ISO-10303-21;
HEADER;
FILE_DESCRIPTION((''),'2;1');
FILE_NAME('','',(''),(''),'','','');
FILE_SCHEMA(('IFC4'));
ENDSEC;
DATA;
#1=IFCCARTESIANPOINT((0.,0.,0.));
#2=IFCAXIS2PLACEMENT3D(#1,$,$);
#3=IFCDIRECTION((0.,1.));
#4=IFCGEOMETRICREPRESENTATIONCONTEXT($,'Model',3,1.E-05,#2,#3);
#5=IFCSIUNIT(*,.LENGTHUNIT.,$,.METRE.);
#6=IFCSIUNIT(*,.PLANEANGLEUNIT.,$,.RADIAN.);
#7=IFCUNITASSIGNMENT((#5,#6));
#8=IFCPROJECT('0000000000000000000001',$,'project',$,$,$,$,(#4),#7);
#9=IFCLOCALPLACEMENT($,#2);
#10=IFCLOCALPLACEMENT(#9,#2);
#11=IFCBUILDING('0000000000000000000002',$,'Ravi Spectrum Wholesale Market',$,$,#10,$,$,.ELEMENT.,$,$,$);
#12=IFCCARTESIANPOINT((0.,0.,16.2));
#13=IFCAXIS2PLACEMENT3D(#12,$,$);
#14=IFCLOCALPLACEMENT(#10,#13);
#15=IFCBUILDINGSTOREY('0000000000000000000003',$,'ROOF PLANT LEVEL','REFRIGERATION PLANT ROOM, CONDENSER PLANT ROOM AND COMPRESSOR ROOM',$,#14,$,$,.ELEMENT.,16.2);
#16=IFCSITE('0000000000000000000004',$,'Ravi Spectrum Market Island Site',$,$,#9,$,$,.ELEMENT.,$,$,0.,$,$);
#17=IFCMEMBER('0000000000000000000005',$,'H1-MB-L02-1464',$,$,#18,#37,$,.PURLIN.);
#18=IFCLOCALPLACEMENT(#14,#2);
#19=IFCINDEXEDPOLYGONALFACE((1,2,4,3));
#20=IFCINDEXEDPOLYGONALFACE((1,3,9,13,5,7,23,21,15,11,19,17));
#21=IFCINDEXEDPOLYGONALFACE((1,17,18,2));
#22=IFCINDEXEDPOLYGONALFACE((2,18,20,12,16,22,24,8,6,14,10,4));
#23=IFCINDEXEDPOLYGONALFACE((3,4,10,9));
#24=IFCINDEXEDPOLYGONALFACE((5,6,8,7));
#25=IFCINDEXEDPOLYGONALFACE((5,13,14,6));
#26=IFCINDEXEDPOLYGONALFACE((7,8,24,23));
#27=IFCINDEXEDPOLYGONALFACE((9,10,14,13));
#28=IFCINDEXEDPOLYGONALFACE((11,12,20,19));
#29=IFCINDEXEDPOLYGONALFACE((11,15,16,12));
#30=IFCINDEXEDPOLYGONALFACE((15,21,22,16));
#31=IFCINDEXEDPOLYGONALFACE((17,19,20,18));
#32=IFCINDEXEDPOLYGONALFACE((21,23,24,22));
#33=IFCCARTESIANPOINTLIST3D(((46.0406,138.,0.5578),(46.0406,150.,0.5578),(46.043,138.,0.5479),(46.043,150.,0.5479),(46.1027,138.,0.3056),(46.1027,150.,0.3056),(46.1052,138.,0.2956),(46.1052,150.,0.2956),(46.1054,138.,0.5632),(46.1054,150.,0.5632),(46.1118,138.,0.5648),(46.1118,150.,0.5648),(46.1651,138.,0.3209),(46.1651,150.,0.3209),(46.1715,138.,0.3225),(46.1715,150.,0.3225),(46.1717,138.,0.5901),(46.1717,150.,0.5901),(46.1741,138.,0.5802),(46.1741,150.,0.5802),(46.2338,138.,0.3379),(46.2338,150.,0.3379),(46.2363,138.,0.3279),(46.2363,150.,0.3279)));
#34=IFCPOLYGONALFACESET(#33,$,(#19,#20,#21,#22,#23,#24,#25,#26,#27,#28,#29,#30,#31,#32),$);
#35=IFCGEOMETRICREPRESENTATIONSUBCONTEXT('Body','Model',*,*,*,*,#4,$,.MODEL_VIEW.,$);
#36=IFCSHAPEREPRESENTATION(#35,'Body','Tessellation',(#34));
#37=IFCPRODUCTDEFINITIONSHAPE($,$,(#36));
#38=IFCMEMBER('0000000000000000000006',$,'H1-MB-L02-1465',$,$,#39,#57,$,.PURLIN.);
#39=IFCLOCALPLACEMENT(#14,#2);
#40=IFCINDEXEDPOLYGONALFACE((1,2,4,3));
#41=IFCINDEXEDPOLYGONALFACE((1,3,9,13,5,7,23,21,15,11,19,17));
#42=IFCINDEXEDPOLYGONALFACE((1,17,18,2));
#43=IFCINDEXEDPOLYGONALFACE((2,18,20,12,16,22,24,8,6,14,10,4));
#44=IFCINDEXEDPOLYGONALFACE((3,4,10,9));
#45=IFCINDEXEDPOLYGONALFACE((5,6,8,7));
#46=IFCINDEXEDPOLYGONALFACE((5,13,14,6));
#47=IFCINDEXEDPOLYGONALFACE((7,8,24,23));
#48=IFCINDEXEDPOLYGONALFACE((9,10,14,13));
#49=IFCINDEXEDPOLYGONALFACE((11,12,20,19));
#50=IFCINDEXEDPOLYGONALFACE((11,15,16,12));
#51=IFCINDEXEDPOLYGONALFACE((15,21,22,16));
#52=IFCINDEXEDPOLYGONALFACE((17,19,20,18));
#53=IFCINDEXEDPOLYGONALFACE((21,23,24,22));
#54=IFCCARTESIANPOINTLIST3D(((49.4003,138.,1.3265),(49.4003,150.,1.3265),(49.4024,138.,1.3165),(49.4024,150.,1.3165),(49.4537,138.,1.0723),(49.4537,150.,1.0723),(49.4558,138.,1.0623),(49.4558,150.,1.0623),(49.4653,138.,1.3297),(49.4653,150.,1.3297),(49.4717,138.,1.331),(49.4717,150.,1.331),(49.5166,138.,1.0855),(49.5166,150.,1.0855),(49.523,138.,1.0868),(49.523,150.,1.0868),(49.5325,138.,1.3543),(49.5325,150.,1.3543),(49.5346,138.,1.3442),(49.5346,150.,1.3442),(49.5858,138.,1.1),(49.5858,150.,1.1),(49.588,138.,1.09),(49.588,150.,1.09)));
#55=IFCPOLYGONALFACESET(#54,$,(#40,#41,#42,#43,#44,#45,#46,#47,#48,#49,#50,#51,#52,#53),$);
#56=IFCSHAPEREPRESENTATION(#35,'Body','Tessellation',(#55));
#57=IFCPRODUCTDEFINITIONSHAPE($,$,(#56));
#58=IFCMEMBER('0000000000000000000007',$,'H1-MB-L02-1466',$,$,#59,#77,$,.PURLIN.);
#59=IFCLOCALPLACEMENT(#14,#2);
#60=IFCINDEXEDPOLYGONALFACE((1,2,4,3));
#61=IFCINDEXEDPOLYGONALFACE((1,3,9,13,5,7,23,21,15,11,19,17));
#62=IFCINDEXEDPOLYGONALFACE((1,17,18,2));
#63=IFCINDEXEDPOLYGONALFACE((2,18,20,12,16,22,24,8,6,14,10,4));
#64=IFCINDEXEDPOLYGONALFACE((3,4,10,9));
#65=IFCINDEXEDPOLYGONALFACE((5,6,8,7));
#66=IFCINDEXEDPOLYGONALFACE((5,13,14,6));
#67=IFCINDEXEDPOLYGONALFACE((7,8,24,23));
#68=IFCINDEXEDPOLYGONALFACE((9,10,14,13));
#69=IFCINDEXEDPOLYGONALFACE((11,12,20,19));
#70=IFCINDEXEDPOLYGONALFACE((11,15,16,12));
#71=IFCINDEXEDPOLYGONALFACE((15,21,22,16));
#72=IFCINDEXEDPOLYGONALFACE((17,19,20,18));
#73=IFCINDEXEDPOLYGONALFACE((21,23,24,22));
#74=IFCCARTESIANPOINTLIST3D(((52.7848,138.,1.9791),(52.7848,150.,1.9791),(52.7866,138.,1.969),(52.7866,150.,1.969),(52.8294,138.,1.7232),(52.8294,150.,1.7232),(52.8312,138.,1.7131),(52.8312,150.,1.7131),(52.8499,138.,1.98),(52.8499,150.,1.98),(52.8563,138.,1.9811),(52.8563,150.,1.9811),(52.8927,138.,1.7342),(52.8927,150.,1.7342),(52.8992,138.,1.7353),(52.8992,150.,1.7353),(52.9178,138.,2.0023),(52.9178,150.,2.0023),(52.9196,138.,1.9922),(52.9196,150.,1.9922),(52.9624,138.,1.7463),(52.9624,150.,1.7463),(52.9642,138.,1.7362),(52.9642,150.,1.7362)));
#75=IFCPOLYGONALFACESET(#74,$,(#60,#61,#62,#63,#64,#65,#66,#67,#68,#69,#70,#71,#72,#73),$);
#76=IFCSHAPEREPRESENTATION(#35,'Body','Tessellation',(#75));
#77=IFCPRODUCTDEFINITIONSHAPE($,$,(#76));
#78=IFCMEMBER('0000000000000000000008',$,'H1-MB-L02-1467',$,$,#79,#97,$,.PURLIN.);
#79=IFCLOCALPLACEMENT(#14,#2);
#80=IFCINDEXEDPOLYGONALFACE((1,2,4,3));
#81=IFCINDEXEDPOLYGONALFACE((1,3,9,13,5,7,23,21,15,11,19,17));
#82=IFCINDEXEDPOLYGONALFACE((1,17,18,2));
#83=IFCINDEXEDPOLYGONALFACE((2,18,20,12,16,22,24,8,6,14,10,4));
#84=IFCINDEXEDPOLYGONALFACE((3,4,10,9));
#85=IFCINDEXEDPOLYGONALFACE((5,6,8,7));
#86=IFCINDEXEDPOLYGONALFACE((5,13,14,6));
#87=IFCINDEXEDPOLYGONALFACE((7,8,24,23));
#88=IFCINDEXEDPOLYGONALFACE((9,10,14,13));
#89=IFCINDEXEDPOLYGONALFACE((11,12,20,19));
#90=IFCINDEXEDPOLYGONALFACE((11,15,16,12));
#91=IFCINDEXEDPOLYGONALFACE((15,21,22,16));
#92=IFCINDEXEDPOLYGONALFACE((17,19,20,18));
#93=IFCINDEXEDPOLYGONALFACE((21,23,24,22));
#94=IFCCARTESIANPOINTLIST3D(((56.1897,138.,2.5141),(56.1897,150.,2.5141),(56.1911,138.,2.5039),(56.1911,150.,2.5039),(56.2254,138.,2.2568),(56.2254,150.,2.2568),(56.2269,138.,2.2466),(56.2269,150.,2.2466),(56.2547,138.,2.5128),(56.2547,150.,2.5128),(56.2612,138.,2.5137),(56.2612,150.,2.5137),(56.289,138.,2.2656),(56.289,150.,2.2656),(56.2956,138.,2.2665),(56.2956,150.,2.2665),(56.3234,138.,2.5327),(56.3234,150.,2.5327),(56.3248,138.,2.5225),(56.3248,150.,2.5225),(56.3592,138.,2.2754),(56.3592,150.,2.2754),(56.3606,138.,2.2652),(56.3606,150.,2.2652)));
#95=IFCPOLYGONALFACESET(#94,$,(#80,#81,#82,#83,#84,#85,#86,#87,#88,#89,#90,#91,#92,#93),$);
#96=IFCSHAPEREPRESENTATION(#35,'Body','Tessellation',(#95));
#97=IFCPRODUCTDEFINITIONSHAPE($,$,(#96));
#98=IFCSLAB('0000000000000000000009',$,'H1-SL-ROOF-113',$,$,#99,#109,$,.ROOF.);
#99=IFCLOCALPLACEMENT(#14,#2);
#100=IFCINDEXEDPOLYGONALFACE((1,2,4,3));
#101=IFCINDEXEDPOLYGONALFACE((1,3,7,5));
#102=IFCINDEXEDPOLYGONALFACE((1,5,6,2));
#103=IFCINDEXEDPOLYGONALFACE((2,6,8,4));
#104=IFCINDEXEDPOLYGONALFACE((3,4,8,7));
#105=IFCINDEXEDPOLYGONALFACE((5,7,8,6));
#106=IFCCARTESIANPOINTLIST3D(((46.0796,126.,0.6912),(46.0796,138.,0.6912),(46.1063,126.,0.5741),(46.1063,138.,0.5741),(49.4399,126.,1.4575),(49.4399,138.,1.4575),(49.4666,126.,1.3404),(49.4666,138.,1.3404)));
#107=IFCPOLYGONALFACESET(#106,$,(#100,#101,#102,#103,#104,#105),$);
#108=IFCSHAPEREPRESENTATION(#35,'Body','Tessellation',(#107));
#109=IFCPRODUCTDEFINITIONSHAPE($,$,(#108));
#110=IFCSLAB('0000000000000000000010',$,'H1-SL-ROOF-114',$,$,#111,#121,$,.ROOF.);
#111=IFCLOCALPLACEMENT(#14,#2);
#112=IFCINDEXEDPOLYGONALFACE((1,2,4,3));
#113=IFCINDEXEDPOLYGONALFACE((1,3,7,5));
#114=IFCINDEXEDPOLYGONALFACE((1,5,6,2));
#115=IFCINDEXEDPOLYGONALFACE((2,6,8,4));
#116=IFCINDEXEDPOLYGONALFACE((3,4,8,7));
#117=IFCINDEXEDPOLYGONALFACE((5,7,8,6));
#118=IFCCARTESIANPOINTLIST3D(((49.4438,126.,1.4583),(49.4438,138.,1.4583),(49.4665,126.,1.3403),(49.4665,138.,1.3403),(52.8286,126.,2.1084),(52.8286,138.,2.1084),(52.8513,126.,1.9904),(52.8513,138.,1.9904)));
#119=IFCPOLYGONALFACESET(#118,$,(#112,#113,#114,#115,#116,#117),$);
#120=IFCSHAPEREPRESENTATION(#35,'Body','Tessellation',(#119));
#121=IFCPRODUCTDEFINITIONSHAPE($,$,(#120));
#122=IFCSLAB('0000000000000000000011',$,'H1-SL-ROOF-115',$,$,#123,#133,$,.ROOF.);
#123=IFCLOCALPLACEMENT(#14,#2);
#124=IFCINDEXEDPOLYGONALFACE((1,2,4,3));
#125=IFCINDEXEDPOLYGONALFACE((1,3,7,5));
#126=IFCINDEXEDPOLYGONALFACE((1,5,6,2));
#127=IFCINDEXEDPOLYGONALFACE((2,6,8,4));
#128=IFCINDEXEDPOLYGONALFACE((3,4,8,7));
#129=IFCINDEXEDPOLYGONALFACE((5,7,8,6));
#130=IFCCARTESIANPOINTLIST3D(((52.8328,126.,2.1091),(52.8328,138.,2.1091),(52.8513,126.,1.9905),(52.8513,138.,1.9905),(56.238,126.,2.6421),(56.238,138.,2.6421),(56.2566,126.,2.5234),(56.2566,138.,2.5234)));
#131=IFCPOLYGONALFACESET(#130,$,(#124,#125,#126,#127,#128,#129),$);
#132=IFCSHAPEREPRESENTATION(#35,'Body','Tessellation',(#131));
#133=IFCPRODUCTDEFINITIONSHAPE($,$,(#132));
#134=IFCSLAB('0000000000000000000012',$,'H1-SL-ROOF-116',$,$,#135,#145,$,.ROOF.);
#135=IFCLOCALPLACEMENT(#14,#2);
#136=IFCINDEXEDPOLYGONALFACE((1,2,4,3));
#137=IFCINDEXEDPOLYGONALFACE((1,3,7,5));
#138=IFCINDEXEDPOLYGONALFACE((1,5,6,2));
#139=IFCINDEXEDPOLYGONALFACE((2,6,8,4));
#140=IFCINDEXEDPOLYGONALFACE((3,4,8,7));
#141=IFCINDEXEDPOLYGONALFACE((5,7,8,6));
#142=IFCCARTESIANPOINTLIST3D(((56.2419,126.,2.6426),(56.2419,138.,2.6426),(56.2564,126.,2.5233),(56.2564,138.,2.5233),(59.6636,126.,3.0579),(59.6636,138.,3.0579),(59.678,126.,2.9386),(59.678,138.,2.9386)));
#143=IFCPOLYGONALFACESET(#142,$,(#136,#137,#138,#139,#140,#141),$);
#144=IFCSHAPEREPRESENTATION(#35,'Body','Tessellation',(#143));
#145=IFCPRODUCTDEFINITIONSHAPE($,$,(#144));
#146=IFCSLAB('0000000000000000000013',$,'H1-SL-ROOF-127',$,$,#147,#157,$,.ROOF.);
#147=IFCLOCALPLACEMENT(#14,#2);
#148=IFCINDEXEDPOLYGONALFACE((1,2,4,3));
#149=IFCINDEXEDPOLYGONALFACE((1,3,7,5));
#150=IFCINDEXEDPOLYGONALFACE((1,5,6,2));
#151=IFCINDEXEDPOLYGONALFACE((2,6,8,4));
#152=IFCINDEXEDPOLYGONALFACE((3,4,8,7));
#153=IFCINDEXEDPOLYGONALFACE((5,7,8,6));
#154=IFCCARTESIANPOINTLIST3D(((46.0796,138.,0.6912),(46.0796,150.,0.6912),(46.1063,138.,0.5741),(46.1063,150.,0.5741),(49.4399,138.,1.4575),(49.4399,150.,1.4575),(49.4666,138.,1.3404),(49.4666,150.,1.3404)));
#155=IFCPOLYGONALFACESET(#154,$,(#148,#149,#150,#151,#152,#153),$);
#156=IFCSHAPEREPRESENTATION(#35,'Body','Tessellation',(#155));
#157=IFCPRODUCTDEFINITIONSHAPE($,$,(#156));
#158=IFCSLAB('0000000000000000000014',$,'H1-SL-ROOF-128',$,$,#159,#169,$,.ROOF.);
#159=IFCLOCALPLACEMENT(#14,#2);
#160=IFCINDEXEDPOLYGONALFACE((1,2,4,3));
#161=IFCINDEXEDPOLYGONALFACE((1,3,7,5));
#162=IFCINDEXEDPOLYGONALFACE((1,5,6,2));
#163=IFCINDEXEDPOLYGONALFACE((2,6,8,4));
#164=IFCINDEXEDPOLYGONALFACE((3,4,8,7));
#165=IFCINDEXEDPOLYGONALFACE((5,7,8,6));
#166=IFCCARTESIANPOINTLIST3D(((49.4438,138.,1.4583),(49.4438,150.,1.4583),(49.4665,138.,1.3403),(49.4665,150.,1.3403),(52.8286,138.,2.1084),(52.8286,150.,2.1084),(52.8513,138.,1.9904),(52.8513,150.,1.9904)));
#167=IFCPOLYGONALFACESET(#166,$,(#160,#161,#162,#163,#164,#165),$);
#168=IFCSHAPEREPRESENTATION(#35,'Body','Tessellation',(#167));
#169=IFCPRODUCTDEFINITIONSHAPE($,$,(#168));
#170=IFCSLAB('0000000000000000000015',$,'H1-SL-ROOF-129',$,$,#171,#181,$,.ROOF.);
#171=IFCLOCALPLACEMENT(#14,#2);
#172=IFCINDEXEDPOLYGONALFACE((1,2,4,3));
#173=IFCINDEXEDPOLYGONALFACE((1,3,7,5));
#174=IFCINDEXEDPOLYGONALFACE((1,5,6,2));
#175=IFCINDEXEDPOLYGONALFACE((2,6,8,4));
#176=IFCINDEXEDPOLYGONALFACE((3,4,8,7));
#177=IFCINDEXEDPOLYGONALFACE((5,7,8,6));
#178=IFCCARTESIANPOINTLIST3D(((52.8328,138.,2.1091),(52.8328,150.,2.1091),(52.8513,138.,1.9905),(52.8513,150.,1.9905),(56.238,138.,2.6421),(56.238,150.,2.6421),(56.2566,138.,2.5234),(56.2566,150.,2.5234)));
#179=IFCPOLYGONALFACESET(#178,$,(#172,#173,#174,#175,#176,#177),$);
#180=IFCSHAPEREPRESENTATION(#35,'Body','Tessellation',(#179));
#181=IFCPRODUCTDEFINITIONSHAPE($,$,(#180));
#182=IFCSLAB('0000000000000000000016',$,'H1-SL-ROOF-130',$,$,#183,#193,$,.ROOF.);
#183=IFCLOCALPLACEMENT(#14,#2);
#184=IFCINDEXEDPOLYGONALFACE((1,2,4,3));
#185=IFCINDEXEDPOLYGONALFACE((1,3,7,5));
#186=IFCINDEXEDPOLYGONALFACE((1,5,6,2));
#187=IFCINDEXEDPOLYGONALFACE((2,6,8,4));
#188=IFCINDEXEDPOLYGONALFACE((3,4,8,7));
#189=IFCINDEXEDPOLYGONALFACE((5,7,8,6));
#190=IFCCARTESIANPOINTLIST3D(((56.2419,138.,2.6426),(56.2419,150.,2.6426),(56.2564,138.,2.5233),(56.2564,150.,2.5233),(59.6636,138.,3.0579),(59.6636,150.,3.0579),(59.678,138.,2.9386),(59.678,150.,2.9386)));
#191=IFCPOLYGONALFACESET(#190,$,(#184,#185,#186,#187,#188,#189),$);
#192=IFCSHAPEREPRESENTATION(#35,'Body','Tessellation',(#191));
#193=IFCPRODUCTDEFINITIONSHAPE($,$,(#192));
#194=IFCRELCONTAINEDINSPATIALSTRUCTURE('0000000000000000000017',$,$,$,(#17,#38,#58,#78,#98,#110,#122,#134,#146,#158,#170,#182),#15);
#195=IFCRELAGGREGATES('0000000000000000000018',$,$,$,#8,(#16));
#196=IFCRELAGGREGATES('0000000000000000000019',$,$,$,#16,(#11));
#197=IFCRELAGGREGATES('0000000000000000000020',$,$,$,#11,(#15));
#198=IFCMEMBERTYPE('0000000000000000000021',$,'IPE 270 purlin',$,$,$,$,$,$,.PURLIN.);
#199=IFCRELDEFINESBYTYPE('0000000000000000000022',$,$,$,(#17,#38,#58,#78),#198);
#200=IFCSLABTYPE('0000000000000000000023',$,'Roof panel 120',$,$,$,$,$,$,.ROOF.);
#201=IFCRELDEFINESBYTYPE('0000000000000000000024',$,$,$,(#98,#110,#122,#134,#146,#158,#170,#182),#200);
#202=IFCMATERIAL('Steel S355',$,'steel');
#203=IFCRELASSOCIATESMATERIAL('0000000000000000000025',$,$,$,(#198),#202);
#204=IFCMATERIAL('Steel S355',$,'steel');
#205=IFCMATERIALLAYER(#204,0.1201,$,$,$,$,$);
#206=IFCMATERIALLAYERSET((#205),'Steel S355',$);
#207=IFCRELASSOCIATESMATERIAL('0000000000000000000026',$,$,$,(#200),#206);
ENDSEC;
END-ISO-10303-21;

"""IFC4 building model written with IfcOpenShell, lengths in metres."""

from ifc_helpers import new_model, si_unit, direction, frame, origin, origin_2d, place, context, subcontext, project, spatial, polyline, i_section, outline, extrude, material, layer, layer_set, material_profile, profile_set, type_object, element, save


model = new_model("IFC4")

# Units and contexts
model_context = context("Model", 3, precision=1e-05, world=origin(), true_north=direction((0.0, 1.0)))
body_context = subcontext(model_context, "Body", "Model", "MODEL_VIEW")
ifc_project = project(units=[si_unit("LENGTHUNIT", "METRE"), si_unit("PLANEANGLEUNIT", "RADIAN")], contexts=[model_context])

# Site, building, storey
site_placement = place(None, origin())
site = spatial("IfcSite", under=ifc_project, at=site_placement, Name="Ravi Spectrum Market Island Site", CompositionType="ELEMENT", RefElevation=0.0)
building_placement = place(site_placement, origin())
building = spatial("IfcBuilding", under=site, at=building_placement, Name="Ravi Spectrum Wholesale Market", CompositionType="ELEMENT")
storey_placement = place(building_placement, frame((0.0, 0.0, 16.2)))
storey = spatial("IfcBuildingStorey", under=building, at=storey_placement, Name="ROOF PLANT LEVEL", Description="REFRIGERATION PLANT ROOM, CONDENSER PLANT ROOM AND COMPRESSOR ROOM", CompositionType="ELEMENT", Elevation=16.2)

# Members
ifc_material_1 = material(Name="Steel S355", Category="steel")
ifc_material_profile_1 = material_profile(ifc_material_1, i_section(OverallWidth=0.135, OverallDepth=0.27, WebThickness=0.0066, FlangeThickness=0.0103, at=origin_2d()))
ifc_profile_set_1 = profile_set([ifc_material_profile_1], Name="Steel S355")
member_type_1 = type_object("IfcMemberType", Name="IPE 270 purlin", PredefinedType="PURLIN", material=ifc_profile_set_1)
for number, where, z_axis, x_axis, name in (
    (1, (46.1384, 138.0, 0.4429), (0.0, 1.0, 0.0), (-0.970983, 0.0, -0.239151), "H1-MB-L02-1464"),
    (2, (49.4941, 138.0, 1.2083), (0.0, 1.0, 0.0), (-0.978653, 0.0, -0.205517), "H1-MB-L02-1465"),
    (3, (52.8745, 138.0, 1.8577), (0.0, 1.0, 0.0), (-0.98516, 0.0, -0.171639), "H1-MB-L02-1466"),
    (4, (56.2751, 138.0, 2.3896), (0.0, 1.0, 0.0), (-0.990494, 0.0, -0.137557), "H1-MB-L02-1467"),
):
    element("IfcMember", number, at=place(storey_placement, frame(where, z_axis=z_axis, x_axis=x_axis)), inside=storey, type_object=member_type_1, Name=name, PredefinedType="PURLIN", context=body_context, shape_type="SweptSolid", body=[
        extrude(i_section(OverallWidth=0.135, OverallDepth=0.27, WebThickness=0.0066, FlangeThickness=0.0103, at=origin_2d()), origin(), (0.0, 0.0, 1.0), 12.0),
    ])

# Slabs
ifc_material_2 = material(Name="Steel S355", Category="steel")
ifc_layer_1 = layer(ifc_material_2, 0.1201)
ifc_layer_set_1 = layer_set([ifc_layer_1], Name="Steel S355")
slab_type = type_object("IfcSlabType", Name="Roof panel 120", PredefinedType="ROOF", material=ifc_layer_set_1)
slab_1_placement = place(storey_placement, frame((46.0796, 126.0, 0.6912), z_axis=(-0.22235, 0.0, 0.974967), x_axis=(0.974967, 0.0, 0.22235)))
element("IfcSlab", 5, at=slab_1_placement, inside=storey, type_object=slab_type, Name="H1-SL-ROOF-113", PredefinedType="ROOF", context=body_context, shape_type="SweptSolid", body=[
    extrude(outline(polyline([(0.0, 0.0), (3.4466, 0.0), (3.4466, 12.0), (0.0, 12.0), (0.0, 0.0)])), origin(), (0.0, 0.0, -1.0), 0.1201),
])
slab_2_placement = place(storey_placement, frame((49.4438, 126.0, 1.4583), z_axis=(-0.188632, 0.0, 0.982048), x_axis=(0.982048, 0.0, 0.188632)))
element("IfcSlab", 6, at=slab_2_placement, inside=storey, type_object=slab_type, Name="H1-SL-ROOF-114", PredefinedType="ROOF", context=body_context, shape_type="SweptSolid", body=[
    extrude(outline(polyline([(0.0, 0.0), (3.4466, 0.0), (3.4466, 12.0), (0.0, 12.0), (0.0, 0.0)])), origin(), (0.0, 0.0, -1.0), 0.1201),
])
slab_3_placement = place(storey_placement, frame((52.8328, 126.0, 2.1091), z_axis=(-0.154628, 0.0, 0.987973), x_axis=(0.987973, 0.0, 0.154628)))
element("IfcSlab", 7, at=slab_3_placement, inside=storey, type_object=slab_type, Name="H1-SL-ROOF-115", PredefinedType="ROOF", context=body_context, shape_type="SweptSolid", body=[
    extrude(outline(polyline([(0.0, 0.0), (3.4467, 0.0), (3.4467, 12.0), (0.0, 12.0), (0.0, 0.0)])), origin(), (0.0, 0.0, -1.0), 0.1201),
])
slab_4_placement = place(storey_placement, frame((56.2419, 126.0, 2.6426), z_axis=(-0.120486, 0.0, 0.992715), x_axis=(0.992715, 0.0, 0.120486)))
element("IfcSlab", 8, at=slab_4_placement, inside=storey, type_object=slab_type, Name="H1-SL-ROOF-116", PredefinedType="ROOF", context=body_context, shape_type="SweptSolid", body=[
    extrude(outline(polyline([(0.0, 0.0), (3.4467, 0.0), (3.4467, 12.0), (0.0, 12.0), (0.0, 0.0)])), origin(), (0.0, 0.0, -1.0), 0.1201),
])
slab_5_placement = place(storey_placement, frame((46.0796, 138.0, 0.6912), z_axis=(-0.22235, 0.0, 0.974967), x_axis=(0.974967, 0.0, 0.22235)))
element("IfcSlab", 9, at=slab_5_placement, inside=storey, type_object=slab_type, Name="H1-SL-ROOF-127", PredefinedType="ROOF", context=body_context, shape_type="SweptSolid", body=[
    extrude(outline(polyline([(0.0, 0.0), (3.4466, 0.0), (3.4466, 12.0), (0.0, 12.0), (0.0, 0.0)])), origin(), (0.0, 0.0, -1.0), 0.1201),
])
slab_6_placement = place(storey_placement, frame((49.4438, 138.0, 1.4583), z_axis=(-0.188632, 0.0, 0.982048), x_axis=(0.982048, 0.0, 0.188632)))
element("IfcSlab", 10, at=slab_6_placement, inside=storey, type_object=slab_type, Name="H1-SL-ROOF-128", PredefinedType="ROOF", context=body_context, shape_type="SweptSolid", body=[
    extrude(outline(polyline([(0.0, 0.0), (3.4466, 0.0), (3.4466, 12.0), (0.0, 12.0), (0.0, 0.0)])), origin(), (0.0, 0.0, -1.0), 0.1201),
])
slab_7_placement = place(storey_placement, frame((52.8328, 138.0, 2.1091), z_axis=(-0.154628, 0.0, 0.987973), x_axis=(0.987973, 0.0, 0.154628)))
element("IfcSlab", 11, at=slab_7_placement, inside=storey, type_object=slab_type, Name="H1-SL-ROOF-129", PredefinedType="ROOF", context=body_context, shape_type="SweptSolid", body=[
    extrude(outline(polyline([(0.0, 0.0), (3.4467, 0.0), (3.4467, 12.0), (0.0, 12.0), (0.0, 0.0)])), origin(), (0.0, 0.0, -1.0), 0.1201),
])
slab_8_placement = place(storey_placement, frame((56.2419, 138.0, 2.6426), z_axis=(-0.120486, 0.0, 0.992715), x_axis=(0.992715, 0.0, 0.120486)))
element("IfcSlab", 12, at=slab_8_placement, inside=storey, type_object=slab_type, Name="H1-SL-ROOF-130", PredefinedType="ROOF", context=body_context, shape_type="SweptSolid", body=[
    extrude(outline(polyline([(0.0, 0.0), (3.4467, 0.0), (3.4467, 12.0), (0.0, 12.0), (0.0, 0.0)])), origin(), (0.0, 0.0, -1.0), 0.1201),
])

save(model, "model.ifc")
